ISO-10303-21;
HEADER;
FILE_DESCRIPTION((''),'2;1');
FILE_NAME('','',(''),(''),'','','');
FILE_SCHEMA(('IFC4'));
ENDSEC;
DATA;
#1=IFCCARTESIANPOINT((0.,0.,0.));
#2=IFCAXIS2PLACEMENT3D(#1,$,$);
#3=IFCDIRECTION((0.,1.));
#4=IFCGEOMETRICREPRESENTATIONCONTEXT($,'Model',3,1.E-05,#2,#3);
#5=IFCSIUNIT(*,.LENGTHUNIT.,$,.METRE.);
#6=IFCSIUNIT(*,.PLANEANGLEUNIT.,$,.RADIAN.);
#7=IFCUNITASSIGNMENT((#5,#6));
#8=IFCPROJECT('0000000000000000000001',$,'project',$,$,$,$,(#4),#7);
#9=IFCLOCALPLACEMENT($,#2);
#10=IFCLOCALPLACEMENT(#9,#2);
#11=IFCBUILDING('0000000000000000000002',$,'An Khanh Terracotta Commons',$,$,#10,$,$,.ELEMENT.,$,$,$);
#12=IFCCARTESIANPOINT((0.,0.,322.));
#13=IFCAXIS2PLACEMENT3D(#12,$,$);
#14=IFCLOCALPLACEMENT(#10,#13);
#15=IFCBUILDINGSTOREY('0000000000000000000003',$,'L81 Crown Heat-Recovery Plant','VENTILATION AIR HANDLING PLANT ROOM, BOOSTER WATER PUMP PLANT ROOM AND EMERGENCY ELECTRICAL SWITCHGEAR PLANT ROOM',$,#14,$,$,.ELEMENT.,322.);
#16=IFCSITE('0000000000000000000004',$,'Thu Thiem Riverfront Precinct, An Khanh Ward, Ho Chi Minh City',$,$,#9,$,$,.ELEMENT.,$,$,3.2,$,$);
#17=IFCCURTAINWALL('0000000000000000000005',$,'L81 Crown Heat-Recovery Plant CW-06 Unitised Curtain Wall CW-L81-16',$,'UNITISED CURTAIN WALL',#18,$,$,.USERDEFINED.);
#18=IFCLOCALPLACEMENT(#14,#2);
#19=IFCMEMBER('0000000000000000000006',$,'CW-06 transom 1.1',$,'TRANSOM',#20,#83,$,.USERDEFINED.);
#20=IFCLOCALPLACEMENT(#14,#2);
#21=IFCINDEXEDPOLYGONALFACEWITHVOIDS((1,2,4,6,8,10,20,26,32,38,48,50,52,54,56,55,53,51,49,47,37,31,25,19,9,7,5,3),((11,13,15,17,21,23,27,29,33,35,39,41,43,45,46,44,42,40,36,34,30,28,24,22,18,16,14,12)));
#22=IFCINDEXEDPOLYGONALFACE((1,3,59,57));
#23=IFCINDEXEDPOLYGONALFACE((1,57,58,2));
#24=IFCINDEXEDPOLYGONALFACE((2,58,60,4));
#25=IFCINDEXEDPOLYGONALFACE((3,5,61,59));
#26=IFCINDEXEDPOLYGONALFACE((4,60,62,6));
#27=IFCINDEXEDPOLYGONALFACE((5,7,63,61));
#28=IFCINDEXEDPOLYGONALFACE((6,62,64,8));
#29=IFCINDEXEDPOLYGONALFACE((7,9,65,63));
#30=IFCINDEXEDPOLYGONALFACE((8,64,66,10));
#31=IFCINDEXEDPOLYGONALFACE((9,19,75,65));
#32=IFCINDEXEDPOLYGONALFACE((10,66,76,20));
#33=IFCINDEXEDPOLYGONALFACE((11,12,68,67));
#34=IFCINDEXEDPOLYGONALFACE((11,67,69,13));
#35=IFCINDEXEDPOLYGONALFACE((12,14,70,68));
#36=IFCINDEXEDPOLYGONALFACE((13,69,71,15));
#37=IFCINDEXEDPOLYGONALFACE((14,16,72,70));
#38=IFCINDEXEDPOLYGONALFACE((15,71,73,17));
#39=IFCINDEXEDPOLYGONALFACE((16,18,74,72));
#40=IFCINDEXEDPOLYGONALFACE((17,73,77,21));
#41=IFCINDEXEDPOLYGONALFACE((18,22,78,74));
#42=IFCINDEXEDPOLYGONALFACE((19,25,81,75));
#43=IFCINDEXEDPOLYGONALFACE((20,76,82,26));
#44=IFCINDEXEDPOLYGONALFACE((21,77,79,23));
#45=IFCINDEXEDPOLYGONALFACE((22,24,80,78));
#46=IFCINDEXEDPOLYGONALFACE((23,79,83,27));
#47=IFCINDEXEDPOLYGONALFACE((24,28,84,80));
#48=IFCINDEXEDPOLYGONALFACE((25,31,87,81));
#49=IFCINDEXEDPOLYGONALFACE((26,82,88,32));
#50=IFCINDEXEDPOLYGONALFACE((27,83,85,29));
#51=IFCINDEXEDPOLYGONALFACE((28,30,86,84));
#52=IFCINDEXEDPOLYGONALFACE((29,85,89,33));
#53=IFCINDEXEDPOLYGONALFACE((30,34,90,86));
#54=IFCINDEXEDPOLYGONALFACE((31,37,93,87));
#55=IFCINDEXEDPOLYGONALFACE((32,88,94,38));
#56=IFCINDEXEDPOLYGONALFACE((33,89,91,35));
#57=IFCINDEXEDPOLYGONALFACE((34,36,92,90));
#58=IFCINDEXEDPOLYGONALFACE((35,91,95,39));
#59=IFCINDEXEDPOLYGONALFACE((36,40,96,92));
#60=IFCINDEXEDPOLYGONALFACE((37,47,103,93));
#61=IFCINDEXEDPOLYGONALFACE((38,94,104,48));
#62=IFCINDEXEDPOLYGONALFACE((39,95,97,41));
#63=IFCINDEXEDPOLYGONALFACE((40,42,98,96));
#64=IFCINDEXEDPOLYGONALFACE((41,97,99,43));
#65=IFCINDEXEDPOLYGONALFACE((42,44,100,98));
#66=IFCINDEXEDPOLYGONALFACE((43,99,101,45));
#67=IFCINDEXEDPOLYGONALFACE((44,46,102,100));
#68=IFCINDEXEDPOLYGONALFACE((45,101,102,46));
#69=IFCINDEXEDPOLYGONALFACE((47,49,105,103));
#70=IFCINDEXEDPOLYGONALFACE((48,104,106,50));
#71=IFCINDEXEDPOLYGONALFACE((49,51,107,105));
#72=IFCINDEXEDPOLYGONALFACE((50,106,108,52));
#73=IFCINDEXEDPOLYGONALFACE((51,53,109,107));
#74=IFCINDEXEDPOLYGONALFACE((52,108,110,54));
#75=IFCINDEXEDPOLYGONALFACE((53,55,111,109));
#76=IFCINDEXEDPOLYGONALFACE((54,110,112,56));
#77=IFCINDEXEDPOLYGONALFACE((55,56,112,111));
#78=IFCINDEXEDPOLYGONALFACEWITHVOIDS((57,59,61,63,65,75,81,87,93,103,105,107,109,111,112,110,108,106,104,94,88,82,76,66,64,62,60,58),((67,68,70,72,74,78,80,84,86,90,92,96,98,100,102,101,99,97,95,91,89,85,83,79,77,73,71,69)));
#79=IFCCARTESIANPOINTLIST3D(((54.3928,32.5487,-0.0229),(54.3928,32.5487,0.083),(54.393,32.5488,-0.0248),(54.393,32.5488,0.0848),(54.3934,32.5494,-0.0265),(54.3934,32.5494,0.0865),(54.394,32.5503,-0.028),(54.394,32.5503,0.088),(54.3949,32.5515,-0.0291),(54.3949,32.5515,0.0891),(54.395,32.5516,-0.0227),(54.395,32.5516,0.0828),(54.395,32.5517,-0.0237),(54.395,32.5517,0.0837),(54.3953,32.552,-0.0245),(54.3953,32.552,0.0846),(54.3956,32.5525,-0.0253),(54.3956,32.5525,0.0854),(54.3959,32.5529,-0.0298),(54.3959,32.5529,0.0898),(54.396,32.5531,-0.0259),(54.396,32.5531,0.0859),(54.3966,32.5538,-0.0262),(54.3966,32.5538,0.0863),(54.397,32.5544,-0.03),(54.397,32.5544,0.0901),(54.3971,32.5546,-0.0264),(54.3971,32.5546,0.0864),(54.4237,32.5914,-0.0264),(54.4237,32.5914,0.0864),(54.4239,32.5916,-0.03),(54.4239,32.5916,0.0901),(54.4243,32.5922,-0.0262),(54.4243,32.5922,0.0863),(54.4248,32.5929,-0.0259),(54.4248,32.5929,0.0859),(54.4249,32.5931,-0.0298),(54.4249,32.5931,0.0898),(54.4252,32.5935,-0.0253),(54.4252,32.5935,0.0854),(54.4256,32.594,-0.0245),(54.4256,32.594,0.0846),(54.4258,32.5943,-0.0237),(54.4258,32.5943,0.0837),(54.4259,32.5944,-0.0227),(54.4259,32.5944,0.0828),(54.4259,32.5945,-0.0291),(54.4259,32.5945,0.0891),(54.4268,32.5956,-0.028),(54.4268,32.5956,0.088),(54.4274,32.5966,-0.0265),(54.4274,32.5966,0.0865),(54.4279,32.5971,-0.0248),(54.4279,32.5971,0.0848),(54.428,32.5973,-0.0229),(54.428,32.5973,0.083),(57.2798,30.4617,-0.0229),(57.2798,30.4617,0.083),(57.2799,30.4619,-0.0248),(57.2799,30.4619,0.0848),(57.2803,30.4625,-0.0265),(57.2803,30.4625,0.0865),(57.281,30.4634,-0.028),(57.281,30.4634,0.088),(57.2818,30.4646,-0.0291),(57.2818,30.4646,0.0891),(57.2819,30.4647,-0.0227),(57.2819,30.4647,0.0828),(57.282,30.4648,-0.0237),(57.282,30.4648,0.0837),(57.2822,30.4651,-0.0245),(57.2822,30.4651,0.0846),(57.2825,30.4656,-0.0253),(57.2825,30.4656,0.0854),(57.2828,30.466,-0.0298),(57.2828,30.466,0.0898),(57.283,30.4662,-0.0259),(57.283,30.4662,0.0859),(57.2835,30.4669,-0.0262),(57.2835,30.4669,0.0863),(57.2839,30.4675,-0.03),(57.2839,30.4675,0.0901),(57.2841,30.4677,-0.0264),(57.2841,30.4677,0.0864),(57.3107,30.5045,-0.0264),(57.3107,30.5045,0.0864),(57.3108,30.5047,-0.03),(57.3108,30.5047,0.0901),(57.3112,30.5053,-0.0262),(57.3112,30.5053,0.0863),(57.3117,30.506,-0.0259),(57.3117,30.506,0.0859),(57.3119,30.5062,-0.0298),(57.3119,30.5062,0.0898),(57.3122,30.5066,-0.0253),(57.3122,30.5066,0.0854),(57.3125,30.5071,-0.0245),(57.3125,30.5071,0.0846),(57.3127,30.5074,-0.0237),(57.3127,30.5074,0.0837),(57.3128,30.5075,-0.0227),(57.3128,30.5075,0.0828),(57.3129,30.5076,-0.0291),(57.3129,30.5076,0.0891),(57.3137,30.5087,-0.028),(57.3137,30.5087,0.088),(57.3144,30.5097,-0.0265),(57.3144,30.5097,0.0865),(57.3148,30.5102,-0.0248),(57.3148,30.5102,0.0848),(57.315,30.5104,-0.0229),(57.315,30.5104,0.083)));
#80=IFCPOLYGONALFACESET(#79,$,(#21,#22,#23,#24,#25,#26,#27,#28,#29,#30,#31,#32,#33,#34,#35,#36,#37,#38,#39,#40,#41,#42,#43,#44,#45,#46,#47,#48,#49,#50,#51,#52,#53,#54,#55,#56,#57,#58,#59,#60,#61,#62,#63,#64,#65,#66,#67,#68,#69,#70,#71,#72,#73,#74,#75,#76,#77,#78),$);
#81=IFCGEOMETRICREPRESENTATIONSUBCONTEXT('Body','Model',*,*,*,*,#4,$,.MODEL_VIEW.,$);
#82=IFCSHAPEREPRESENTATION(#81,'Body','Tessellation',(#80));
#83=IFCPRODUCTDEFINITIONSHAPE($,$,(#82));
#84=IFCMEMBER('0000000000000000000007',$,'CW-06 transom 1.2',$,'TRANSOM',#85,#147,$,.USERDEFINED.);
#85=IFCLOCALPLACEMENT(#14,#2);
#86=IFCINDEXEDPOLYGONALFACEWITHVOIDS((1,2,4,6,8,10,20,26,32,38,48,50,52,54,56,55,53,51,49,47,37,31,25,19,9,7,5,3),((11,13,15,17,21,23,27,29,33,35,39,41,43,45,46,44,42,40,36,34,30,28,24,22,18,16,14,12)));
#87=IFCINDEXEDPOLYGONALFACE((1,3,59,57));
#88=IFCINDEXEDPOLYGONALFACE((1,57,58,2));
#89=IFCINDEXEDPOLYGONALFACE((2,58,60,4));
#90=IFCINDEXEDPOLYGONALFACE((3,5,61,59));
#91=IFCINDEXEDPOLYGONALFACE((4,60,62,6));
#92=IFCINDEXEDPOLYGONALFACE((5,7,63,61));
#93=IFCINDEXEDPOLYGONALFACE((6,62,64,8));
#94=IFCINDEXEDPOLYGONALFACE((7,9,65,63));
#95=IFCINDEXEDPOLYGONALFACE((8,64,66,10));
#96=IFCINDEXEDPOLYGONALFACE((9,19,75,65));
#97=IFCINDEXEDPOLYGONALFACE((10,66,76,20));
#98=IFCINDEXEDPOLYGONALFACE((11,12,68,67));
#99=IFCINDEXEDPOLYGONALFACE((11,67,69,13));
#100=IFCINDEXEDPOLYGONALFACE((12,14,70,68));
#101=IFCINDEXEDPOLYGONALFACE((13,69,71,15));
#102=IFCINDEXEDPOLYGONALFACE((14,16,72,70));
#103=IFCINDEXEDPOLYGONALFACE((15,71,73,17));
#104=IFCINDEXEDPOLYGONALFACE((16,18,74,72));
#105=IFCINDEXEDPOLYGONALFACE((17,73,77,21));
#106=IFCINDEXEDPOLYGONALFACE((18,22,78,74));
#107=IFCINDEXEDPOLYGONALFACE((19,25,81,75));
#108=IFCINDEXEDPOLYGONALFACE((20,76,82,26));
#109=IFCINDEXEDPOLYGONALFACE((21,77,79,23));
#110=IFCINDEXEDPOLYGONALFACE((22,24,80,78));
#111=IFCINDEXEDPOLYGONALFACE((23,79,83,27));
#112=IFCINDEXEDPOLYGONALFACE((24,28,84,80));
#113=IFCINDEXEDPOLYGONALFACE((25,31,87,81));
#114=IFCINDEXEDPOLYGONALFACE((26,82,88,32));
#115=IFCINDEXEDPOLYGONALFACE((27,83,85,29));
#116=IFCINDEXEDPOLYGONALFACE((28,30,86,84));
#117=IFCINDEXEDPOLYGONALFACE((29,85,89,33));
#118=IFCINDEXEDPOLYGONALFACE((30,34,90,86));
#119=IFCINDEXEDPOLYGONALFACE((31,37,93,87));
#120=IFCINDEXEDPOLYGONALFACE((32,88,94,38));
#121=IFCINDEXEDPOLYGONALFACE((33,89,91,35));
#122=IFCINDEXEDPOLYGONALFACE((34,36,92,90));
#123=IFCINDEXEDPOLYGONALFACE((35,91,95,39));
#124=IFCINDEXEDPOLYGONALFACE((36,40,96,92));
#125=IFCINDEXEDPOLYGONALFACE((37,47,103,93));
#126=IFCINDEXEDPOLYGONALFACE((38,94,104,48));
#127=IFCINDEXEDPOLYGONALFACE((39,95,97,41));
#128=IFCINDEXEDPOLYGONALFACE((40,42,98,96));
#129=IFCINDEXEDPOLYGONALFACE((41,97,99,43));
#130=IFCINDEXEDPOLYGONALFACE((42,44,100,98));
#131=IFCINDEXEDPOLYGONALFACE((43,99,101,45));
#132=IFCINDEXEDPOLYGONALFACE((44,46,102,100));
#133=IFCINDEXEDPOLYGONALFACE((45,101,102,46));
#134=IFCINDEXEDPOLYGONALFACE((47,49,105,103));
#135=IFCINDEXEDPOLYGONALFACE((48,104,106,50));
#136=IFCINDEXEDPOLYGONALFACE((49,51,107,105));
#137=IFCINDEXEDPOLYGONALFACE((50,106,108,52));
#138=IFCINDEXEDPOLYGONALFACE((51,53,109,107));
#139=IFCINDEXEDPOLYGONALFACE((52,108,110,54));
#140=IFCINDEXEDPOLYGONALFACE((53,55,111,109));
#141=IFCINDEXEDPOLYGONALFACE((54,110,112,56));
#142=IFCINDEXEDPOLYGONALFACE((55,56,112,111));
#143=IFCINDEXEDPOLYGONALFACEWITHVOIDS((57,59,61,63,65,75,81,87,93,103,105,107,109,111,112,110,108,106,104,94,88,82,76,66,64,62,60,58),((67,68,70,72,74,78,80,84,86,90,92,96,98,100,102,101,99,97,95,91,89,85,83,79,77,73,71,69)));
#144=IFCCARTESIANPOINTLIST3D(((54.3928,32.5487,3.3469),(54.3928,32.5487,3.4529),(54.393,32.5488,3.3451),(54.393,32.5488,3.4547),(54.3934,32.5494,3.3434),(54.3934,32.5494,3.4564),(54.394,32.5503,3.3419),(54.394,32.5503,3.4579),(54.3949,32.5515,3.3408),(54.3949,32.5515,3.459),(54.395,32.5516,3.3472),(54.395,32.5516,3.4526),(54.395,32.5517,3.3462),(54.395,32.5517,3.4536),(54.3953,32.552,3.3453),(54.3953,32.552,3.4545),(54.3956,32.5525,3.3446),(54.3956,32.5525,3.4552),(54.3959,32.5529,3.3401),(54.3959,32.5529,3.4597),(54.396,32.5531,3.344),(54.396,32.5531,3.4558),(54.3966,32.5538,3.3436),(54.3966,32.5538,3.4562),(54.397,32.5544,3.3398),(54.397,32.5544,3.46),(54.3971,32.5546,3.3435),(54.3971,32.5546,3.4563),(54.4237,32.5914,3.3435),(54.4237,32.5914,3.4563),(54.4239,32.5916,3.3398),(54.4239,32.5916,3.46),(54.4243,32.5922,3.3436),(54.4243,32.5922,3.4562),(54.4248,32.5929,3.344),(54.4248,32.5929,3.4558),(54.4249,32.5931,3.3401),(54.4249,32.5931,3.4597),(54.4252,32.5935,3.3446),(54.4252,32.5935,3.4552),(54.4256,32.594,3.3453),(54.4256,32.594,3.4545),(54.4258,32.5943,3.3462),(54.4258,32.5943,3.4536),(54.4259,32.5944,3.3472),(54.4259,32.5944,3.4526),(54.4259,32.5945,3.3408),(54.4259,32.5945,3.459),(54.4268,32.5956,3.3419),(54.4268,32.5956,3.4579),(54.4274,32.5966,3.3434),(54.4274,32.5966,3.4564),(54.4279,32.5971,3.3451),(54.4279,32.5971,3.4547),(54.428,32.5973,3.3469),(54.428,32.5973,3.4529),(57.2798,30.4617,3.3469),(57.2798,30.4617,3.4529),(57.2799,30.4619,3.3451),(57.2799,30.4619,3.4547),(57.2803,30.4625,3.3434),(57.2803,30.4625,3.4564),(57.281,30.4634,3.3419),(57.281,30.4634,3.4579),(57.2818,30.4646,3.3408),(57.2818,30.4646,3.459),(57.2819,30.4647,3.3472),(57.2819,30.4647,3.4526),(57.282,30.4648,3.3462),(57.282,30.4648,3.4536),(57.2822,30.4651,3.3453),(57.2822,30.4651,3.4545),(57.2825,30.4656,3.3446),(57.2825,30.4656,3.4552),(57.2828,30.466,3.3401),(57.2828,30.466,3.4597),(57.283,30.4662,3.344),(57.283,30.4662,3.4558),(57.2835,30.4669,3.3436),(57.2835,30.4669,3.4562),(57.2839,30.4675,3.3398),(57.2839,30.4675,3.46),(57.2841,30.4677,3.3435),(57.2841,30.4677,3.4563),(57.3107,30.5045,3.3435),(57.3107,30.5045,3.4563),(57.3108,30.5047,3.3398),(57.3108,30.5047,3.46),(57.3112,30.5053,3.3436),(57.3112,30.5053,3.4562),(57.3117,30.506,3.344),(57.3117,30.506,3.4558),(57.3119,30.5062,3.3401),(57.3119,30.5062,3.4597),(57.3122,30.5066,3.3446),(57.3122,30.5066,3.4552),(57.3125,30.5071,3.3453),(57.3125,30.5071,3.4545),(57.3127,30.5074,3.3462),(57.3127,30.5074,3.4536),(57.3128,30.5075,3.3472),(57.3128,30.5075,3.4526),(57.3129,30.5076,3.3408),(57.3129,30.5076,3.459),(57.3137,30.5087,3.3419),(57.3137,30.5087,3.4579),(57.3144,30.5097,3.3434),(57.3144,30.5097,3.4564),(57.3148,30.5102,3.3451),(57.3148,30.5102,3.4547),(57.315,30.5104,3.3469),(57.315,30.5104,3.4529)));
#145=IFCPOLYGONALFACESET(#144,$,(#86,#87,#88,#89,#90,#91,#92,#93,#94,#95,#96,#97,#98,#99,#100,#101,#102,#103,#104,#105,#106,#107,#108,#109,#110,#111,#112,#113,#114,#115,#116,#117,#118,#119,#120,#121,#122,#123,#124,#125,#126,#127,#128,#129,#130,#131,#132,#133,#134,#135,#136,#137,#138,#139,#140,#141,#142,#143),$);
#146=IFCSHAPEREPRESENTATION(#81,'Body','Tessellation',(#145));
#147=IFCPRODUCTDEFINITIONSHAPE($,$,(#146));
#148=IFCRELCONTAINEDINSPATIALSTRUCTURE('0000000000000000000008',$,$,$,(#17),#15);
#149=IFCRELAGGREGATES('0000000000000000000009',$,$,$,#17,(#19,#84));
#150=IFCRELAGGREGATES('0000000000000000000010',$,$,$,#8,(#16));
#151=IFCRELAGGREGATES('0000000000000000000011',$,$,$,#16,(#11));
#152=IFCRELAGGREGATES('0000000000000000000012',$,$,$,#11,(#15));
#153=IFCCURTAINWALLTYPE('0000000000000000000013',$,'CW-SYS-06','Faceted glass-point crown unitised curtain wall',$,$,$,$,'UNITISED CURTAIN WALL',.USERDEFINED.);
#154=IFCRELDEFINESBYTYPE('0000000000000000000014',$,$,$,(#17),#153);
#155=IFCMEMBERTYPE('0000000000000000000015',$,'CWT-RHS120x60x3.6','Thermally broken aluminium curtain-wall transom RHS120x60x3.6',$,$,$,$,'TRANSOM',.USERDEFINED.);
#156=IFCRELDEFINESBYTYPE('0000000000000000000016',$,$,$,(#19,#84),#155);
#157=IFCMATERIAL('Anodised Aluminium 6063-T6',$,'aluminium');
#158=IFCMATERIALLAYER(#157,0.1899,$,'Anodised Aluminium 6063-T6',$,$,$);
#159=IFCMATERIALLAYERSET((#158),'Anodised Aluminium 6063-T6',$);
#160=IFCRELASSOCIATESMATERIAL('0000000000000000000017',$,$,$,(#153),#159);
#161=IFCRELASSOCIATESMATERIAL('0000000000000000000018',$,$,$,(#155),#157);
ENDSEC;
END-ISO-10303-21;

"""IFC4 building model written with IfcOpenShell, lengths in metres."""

from ifc_helpers import new_model, si_unit, direction, frame, origin, origin_2d, place, context, subcontext, project, spatial, hollow_rectangle, extrude, material, layer, layer_set, material_profile, profile_set, type_object, element, aggregate, save


model = new_model("IFC4")

# Units and contexts
model_context = context("Model", 3, precision=1e-05, world=origin(), true_north=direction((0.0, 1.0)))
body_context = subcontext(model_context, "Body", "Model", "MODEL_VIEW")
ifc_project = project(units=[si_unit("LENGTHUNIT", "METRE"), si_unit("PLANEANGLEUNIT", "RADIAN")], contexts=[model_context])

# Site, building, storey
site_placement = place(None, origin())
site = spatial("IfcSite", under=ifc_project, at=site_placement, Name="Thu Thiem Riverfront Precinct, An Khanh Ward, Ho Chi Minh City", CompositionType="ELEMENT", RefElevation=3.2)
building_placement = place(site_placement, origin())
building = spatial("IfcBuilding", under=site, at=building_placement, Name="An Khanh Terracotta Commons", CompositionType="ELEMENT")
storey_placement = place(building_placement, frame((0.0, 0.0, 322.0)))
storey = spatial("IfcBuildingStorey", under=building, at=storey_placement, Name="L81 Crown Heat-Recovery Plant", Description="VENTILATION AIR HANDLING PLANT ROOM, BOOSTER WATER PUMP PLANT ROOM AND EMERGENCY ELECTRICAL SWITCHGEAR PLANT ROOM", CompositionType="ELEMENT", Elevation=322.0)

# Curtain wall
ifc_material_1 = material(Name="Anodised Aluminium 6063-T6", Category="aluminium")
ifc_layer_1 = layer(ifc_material_1, 0.1899, Name="Anodised Aluminium 6063-T6")
ifc_layer_set_1 = layer_set([ifc_layer_1], Name="Anodised Aluminium 6063-T6")
curtain_wall_type = type_object("IfcCurtainWallType", Name="CW-SYS-06", Description="Faceted glass-point crown unitised curtain wall", ElementType="UNITISED CURTAIN WALL", PredefinedType="USERDEFINED", material=ifc_layer_set_1)
curtain_wall_1_placement = place(storey_placement, origin())
curtain_wall_1 = element("IfcCurtainWall", 1, at=curtain_wall_1_placement, inside=storey, type_object=curtain_wall_type, Name="L81 Crown Heat-Recovery Plant CW-06 Unitised Curtain Wall CW-L81-16", ObjectType="UNITISED CURTAIN WALL", PredefinedType="USERDEFINED")

# Members
ifc_material_profile_1 = material_profile(ifc_material_1, hollow_rectangle(XDim=0.0601, YDim=0.1201, WallThickness=0.0037, InnerFilletRadius=0.0037, OuterFilletRadius=0.0071, at=origin_2d()), Name="RHS120x60x3.6")
ifc_profile_set_1 = profile_set([ifc_material_profile_1], Name="Anodised Aluminium 6063-T6")
member_type_1 = type_object("IfcMemberType", Name="CWT-RHS120x60x3.6", Description="Thermally broken aluminium curtain-wall transom RHS120x60x3.6", ElementType="TRANSOM", PredefinedType="USERDEFINED", material=ifc_profile_set_1)
member_1_placement = place(storey_placement, frame((57.2974, 30.4861, 0.03), z_axis=(-0.810428, 0.585838, 0.0), x_axis=(-0.585838, -0.810428, 0.0)))
member_1 = element("IfcMember", 2, at=member_1_placement, type_object=member_type_1, Name="CW-06 transom 1.1", ObjectType="TRANSOM", PredefinedType="USERDEFINED", context=body_context, shape_type="SweptSolid", body=[
    extrude(hollow_rectangle(XDim=0.0601, YDim=0.1201, WallThickness=0.0037, InnerFilletRadius=0.0037, OuterFilletRadius=0.0071, at=origin_2d()), origin(), (0.0, 0.0, 1.0), 3.5623),
])
member_2_placement = place(storey_placement, frame((57.2974, 30.4861, 3.3999), z_axis=(-0.810428, 0.585838, 0.0), x_axis=(-0.585838, -0.810428, 0.0)))
member_2 = element("IfcMember", 3, at=member_2_placement, type_object=member_type_1, Name="CW-06 transom 1.2", ObjectType="TRANSOM", PredefinedType="USERDEFINED", context=body_context, shape_type="SweptSolid", body=[
    extrude(hollow_rectangle(XDim=0.0601, YDim=0.1201, WallThickness=0.0037, InnerFilletRadius=0.0037, OuterFilletRadius=0.0071, at=origin_2d()), origin(), (0.0, 0.0, 1.0), 3.5623),
])

aggregate(curtain_wall_1, [member_1, member_2])

save(model, "model.ifc")
